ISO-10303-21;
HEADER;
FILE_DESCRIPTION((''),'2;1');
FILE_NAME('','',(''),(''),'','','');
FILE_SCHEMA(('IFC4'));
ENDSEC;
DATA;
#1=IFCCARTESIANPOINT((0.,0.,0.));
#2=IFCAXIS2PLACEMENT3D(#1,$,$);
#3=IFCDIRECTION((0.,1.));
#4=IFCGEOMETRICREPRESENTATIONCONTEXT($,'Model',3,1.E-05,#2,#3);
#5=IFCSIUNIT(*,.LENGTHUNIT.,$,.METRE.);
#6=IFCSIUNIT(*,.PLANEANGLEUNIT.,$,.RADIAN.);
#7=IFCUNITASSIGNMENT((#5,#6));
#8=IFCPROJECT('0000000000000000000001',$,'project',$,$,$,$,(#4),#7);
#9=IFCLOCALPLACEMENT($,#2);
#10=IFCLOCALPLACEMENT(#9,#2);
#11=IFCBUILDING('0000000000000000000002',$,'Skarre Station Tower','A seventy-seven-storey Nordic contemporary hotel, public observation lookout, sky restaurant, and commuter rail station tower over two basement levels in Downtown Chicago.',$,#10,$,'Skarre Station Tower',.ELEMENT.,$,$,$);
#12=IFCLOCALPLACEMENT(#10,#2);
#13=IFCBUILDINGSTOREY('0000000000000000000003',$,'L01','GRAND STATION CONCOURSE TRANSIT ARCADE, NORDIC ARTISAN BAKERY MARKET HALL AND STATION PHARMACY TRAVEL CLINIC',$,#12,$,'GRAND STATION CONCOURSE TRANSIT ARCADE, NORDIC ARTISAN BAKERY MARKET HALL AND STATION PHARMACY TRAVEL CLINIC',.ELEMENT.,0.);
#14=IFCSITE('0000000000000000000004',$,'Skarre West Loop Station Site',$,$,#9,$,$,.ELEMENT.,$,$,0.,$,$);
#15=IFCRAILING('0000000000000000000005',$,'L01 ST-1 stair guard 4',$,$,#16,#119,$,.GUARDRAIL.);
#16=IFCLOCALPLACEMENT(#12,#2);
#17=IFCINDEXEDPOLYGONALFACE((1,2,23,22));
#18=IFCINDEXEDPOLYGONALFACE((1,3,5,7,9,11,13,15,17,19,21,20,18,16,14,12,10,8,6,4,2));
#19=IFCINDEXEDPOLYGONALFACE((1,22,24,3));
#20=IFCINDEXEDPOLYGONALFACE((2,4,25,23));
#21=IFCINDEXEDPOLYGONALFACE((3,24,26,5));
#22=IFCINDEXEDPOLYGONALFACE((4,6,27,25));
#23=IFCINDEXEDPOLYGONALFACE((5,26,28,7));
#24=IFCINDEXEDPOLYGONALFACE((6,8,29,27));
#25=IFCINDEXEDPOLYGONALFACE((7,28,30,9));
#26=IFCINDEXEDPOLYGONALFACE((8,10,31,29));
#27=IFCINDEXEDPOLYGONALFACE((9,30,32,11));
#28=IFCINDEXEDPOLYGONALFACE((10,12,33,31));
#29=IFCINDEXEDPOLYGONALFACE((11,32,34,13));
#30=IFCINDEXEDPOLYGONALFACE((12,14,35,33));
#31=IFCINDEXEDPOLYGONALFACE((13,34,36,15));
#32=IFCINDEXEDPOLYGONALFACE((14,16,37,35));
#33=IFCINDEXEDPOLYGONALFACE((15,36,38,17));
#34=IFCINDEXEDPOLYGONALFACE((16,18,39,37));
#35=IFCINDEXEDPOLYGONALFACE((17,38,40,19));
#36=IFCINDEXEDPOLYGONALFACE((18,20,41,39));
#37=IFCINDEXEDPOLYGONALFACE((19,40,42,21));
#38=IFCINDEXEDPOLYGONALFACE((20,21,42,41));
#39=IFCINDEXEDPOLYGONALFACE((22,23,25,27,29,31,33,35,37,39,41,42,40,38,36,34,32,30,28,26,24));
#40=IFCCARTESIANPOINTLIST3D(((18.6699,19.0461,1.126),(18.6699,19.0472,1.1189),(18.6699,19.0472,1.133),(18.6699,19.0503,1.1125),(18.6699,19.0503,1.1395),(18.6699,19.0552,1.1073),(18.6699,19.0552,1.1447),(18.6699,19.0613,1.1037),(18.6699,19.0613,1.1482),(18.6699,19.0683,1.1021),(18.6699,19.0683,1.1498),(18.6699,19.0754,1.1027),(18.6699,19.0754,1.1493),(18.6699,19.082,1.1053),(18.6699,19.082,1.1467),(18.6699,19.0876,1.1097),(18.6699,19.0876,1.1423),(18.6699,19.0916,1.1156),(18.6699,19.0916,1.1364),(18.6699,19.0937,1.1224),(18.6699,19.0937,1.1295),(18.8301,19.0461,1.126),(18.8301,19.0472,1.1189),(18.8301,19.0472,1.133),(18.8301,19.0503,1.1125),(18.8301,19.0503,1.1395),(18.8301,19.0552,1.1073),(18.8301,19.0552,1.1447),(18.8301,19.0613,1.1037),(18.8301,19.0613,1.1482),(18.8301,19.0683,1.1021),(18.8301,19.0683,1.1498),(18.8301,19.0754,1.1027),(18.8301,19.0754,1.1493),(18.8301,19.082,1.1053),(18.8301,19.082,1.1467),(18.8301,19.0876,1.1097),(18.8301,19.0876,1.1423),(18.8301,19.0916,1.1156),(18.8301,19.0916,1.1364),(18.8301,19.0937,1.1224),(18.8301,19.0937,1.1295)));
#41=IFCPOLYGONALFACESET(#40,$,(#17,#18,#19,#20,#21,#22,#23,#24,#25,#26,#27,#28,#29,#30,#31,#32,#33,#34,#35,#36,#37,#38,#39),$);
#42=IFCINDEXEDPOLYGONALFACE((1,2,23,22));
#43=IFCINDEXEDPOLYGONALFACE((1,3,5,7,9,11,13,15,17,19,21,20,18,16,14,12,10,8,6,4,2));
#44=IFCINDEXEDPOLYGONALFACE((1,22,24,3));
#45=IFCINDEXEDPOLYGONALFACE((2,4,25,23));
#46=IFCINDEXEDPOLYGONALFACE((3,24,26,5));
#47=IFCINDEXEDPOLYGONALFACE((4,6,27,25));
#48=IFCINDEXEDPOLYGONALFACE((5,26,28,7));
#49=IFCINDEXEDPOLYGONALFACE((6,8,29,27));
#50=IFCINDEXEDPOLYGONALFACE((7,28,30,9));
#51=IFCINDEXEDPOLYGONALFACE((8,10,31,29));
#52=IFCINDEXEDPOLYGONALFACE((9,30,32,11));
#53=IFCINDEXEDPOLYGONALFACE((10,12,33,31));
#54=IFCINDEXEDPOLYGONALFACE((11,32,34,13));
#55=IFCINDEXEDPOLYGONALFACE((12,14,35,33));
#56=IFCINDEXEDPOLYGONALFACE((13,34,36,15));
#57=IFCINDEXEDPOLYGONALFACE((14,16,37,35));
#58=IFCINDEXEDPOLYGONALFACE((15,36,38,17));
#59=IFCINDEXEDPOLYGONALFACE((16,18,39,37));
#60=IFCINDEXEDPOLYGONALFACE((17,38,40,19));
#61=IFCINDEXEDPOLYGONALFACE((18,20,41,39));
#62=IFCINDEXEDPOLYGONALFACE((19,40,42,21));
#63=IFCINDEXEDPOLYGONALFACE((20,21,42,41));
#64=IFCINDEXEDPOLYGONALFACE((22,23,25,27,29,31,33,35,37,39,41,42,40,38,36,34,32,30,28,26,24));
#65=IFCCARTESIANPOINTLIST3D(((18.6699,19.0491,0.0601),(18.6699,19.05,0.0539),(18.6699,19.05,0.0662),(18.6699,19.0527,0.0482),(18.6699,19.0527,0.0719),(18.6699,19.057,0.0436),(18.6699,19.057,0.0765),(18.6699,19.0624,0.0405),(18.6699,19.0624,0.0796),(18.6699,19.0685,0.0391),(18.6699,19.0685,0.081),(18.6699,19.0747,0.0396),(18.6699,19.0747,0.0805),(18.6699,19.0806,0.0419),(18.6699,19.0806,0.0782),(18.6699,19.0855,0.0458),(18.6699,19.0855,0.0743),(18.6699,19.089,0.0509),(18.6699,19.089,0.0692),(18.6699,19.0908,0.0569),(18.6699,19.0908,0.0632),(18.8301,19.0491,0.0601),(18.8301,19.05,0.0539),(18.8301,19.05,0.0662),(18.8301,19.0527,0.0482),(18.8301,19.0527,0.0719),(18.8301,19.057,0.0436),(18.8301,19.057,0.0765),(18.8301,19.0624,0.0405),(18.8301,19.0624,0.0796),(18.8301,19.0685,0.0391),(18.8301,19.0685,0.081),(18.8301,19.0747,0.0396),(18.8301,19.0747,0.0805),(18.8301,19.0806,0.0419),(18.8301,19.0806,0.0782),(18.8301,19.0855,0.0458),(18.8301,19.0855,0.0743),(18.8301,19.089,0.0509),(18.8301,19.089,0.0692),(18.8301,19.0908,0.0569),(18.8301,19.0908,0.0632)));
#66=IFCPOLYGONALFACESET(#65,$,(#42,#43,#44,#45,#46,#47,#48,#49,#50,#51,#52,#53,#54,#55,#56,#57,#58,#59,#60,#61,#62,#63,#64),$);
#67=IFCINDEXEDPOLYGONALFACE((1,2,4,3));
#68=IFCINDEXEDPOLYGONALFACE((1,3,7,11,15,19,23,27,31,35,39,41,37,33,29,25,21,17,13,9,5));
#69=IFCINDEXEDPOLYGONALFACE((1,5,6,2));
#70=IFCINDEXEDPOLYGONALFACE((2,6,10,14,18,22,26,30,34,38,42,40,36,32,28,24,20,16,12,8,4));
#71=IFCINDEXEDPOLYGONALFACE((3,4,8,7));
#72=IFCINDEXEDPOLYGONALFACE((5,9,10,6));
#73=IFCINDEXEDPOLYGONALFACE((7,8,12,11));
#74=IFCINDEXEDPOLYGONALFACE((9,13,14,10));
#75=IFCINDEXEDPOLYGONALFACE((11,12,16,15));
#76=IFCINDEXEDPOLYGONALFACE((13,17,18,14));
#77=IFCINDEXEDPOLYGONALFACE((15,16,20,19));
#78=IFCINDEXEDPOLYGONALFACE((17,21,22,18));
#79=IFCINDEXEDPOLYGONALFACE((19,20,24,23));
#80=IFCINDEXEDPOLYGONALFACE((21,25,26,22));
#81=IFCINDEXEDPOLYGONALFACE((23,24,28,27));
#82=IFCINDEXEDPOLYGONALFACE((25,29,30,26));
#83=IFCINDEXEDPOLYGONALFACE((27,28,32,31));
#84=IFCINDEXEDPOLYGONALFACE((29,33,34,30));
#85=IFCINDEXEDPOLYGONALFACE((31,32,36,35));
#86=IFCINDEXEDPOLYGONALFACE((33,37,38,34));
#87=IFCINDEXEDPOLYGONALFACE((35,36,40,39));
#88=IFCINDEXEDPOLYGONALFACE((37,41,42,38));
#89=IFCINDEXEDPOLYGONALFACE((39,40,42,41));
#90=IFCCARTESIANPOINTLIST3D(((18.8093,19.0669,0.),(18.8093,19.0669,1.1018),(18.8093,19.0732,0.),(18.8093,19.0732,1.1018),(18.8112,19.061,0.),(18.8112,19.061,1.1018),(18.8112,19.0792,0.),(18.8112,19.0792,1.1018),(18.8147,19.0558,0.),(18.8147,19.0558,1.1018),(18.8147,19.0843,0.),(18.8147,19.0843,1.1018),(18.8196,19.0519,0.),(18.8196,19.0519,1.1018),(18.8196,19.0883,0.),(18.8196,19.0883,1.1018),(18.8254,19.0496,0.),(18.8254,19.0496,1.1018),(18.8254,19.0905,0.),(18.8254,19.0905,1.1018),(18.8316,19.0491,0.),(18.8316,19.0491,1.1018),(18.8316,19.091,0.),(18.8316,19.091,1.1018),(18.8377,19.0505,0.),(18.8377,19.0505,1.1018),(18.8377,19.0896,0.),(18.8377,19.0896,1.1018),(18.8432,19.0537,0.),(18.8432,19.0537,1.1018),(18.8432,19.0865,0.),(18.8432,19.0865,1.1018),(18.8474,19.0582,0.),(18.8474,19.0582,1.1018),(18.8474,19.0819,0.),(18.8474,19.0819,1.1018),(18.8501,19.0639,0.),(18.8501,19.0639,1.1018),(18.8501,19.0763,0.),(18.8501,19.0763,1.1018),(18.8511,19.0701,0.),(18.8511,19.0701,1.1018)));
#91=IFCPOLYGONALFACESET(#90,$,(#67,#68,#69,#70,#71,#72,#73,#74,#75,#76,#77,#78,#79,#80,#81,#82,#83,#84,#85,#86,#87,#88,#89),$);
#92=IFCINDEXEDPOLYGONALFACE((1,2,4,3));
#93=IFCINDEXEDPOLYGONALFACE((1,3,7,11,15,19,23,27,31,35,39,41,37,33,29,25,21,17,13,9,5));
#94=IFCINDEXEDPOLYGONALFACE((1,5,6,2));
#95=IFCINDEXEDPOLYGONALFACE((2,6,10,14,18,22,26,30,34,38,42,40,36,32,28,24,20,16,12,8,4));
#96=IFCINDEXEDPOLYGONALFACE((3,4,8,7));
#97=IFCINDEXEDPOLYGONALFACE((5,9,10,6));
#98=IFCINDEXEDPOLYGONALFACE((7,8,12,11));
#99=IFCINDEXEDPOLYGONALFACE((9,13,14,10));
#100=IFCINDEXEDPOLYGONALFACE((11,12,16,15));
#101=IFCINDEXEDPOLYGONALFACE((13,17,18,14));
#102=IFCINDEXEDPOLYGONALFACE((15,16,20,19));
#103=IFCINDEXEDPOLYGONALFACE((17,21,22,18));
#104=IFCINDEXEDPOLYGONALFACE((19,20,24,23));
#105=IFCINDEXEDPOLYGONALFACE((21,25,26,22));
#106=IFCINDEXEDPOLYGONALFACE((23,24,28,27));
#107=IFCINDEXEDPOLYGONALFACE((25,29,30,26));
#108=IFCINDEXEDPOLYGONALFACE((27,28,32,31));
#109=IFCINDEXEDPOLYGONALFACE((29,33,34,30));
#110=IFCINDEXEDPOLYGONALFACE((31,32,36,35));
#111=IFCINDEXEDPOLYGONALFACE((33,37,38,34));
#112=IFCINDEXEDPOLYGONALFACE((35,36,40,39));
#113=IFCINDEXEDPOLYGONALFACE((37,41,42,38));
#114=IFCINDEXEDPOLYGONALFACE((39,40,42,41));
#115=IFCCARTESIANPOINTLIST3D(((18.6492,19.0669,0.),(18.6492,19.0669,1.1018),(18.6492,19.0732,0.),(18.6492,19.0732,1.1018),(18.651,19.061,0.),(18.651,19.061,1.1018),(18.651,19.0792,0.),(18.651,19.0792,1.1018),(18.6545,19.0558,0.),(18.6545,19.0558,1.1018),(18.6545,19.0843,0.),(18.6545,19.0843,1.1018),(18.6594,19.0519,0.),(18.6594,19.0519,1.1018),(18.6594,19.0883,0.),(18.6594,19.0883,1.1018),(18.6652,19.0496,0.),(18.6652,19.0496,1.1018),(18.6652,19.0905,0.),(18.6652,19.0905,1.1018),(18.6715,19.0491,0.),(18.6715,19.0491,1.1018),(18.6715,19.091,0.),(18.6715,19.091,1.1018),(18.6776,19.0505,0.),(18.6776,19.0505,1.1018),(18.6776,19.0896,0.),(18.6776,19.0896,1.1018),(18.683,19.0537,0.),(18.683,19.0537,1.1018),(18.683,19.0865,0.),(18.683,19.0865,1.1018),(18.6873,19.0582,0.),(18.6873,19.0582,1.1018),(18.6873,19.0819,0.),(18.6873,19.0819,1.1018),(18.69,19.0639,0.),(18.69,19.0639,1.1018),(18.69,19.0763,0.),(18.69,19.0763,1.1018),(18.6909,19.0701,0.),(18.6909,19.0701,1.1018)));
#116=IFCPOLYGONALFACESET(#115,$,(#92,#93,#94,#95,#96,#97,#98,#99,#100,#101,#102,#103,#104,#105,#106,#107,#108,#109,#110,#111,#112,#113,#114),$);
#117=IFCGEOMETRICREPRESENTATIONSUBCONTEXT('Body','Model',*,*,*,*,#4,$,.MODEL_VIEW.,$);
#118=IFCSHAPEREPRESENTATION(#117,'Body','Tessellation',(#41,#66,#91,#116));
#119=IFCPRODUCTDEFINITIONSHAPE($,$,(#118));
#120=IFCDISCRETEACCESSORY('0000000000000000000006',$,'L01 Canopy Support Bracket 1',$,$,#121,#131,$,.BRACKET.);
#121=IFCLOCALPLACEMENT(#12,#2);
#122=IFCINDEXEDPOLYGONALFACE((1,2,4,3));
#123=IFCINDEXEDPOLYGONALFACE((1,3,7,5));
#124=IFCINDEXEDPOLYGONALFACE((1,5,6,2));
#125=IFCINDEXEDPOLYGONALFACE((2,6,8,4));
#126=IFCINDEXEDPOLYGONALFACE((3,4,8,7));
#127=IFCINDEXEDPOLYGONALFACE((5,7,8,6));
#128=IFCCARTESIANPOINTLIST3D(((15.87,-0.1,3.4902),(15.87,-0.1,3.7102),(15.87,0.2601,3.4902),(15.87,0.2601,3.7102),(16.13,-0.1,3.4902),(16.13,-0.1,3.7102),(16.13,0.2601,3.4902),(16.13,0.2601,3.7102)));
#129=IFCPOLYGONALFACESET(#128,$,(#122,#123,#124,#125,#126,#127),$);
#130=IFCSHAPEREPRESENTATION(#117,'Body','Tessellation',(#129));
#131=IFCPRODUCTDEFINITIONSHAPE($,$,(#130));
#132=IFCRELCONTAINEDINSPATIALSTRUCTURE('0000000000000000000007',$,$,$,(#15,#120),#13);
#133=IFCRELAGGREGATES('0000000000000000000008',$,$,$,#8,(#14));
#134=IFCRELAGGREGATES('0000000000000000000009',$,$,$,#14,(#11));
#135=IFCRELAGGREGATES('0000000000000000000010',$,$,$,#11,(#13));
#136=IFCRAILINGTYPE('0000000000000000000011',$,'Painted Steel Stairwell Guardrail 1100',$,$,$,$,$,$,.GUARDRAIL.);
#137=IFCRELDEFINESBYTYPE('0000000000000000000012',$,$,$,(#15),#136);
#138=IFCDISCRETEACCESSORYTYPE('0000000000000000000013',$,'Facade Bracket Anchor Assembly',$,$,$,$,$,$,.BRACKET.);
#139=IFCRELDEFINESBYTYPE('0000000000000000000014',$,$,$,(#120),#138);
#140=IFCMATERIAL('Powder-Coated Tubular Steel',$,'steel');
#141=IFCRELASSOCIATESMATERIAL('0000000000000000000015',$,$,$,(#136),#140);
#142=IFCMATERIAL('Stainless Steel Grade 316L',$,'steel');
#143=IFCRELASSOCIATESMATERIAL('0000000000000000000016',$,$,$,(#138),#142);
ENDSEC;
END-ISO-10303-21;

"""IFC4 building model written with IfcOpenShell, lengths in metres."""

from ifc_helpers import new_model, si_unit, direction, frame, origin, origin_2d, place, context, subcontext, project, spatial, rectangle, circle, extrude, material, type_object, element, save


model = new_model("IFC4")

# Units and contexts
model_context = context("Model", 3, precision=1e-05, world=origin(), true_north=direction((0.0, 1.0)))
body_context = subcontext(model_context, "Body", "Model", "MODEL_VIEW")
ifc_project = project(units=[si_unit("LENGTHUNIT", "METRE"), si_unit("PLANEANGLEUNIT", "RADIAN")], contexts=[model_context])

# Site, building, storey
site_placement = place(None, origin())
site = spatial("IfcSite", under=ifc_project, at=site_placement, Name="Skarre West Loop Station Site", CompositionType="ELEMENT", RefElevation=0.0)
building_placement = place(site_placement, origin())
building = spatial("IfcBuilding", under=site, at=building_placement, Name="Skarre Station Tower", Description="A seventy-seven-storey Nordic contemporary hotel, public observation lookout, sky restaurant, and commuter rail station tower over two basement levels in Downtown Chicago.", LongName="Skarre Station Tower", CompositionType="ELEMENT")
storey_placement = place(building_placement, origin())
storey = spatial("IfcBuildingStorey", under=building, at=storey_placement, Name="L01", Description="GRAND STATION CONCOURSE TRANSIT ARCADE, NORDIC ARTISAN BAKERY MARKET HALL AND STATION PHARMACY TRAVEL CLINIC", LongName="GRAND STATION CONCOURSE TRANSIT ARCADE, NORDIC ARTISAN BAKERY MARKET HALL AND STATION PHARMACY TRAVEL CLINIC", CompositionType="ELEMENT", Elevation=0.0)

# Railing
ifc_material_1 = material(Name="Powder-Coated Tubular Steel", Category="steel")
railing_type_1 = type_object("IfcRailingType", Name="Painted Steel Stairwell Guardrail 1100", PredefinedType="GUARDRAIL", material=ifc_material_1)
railing_1_placement = place(storey_placement, frame((18.8301, 19.0701, 0.0)))
element("IfcRailing", 1, at=railing_1_placement, inside=storey, type_object=railing_type_1, Name="L01 ST-1 stair guard 4", PredefinedType="GUARDRAIL", context=body_context, shape_type="SweptSolid", body=[
    extrude(circle(Radius=0.0239, at=origin_2d()), frame((0.0, 0.0, 1.126), z_axis=(-1.0, 0.0, 0.0), x_axis=(0.0, -1.0, 0.0)), (0.0, 0.0, 1.0), 0.1602),
    extrude(circle(Radius=0.021, at=origin_2d()), frame((0.0, 0.0, 0.0601), z_axis=(-1.0, 0.0, 0.0), x_axis=(0.0, -1.0, 0.0)), (0.0, 0.0, 1.0), 0.1602),
    extrude(circle(Radius=0.021, at=origin_2d()), origin(), (0.0, 0.0, 1.0), 1.1018),
    extrude(circle(Radius=0.021, at=origin_2d()), frame((-0.1602, 0.0, 0.0)), (0.0, 0.0, 1.0), 1.1018),
])

# Discrete accessory
ifc_material_2 = material(Name="Stainless Steel Grade 316L", Category="steel")
discrete_accessory_type = type_object("IfcDiscreteAccessoryType", Name="Facade Bracket Anchor Assembly", PredefinedType="BRACKET", material=ifc_material_2)
discrete_accessory_placement = place(storey_placement, frame((16.0, 0.0801, 3.4902), z_axis=(0.0, 0.0, 1.0), x_axis=(1.0, 0.0, 0.0)))
element("IfcDiscreteAccessory", 2, at=discrete_accessory_placement, inside=storey, type_object=discrete_accessory_type, Name="L01 Canopy Support Bracket 1", PredefinedType="BRACKET", context=body_context, shape_type="SweptSolid", body=[
    extrude(rectangle(XDim=0.26, YDim=0.3601, at=origin_2d()), origin(), (0.0, 0.0, 1.0), 0.22),
])

save(model, "model.ifc")
